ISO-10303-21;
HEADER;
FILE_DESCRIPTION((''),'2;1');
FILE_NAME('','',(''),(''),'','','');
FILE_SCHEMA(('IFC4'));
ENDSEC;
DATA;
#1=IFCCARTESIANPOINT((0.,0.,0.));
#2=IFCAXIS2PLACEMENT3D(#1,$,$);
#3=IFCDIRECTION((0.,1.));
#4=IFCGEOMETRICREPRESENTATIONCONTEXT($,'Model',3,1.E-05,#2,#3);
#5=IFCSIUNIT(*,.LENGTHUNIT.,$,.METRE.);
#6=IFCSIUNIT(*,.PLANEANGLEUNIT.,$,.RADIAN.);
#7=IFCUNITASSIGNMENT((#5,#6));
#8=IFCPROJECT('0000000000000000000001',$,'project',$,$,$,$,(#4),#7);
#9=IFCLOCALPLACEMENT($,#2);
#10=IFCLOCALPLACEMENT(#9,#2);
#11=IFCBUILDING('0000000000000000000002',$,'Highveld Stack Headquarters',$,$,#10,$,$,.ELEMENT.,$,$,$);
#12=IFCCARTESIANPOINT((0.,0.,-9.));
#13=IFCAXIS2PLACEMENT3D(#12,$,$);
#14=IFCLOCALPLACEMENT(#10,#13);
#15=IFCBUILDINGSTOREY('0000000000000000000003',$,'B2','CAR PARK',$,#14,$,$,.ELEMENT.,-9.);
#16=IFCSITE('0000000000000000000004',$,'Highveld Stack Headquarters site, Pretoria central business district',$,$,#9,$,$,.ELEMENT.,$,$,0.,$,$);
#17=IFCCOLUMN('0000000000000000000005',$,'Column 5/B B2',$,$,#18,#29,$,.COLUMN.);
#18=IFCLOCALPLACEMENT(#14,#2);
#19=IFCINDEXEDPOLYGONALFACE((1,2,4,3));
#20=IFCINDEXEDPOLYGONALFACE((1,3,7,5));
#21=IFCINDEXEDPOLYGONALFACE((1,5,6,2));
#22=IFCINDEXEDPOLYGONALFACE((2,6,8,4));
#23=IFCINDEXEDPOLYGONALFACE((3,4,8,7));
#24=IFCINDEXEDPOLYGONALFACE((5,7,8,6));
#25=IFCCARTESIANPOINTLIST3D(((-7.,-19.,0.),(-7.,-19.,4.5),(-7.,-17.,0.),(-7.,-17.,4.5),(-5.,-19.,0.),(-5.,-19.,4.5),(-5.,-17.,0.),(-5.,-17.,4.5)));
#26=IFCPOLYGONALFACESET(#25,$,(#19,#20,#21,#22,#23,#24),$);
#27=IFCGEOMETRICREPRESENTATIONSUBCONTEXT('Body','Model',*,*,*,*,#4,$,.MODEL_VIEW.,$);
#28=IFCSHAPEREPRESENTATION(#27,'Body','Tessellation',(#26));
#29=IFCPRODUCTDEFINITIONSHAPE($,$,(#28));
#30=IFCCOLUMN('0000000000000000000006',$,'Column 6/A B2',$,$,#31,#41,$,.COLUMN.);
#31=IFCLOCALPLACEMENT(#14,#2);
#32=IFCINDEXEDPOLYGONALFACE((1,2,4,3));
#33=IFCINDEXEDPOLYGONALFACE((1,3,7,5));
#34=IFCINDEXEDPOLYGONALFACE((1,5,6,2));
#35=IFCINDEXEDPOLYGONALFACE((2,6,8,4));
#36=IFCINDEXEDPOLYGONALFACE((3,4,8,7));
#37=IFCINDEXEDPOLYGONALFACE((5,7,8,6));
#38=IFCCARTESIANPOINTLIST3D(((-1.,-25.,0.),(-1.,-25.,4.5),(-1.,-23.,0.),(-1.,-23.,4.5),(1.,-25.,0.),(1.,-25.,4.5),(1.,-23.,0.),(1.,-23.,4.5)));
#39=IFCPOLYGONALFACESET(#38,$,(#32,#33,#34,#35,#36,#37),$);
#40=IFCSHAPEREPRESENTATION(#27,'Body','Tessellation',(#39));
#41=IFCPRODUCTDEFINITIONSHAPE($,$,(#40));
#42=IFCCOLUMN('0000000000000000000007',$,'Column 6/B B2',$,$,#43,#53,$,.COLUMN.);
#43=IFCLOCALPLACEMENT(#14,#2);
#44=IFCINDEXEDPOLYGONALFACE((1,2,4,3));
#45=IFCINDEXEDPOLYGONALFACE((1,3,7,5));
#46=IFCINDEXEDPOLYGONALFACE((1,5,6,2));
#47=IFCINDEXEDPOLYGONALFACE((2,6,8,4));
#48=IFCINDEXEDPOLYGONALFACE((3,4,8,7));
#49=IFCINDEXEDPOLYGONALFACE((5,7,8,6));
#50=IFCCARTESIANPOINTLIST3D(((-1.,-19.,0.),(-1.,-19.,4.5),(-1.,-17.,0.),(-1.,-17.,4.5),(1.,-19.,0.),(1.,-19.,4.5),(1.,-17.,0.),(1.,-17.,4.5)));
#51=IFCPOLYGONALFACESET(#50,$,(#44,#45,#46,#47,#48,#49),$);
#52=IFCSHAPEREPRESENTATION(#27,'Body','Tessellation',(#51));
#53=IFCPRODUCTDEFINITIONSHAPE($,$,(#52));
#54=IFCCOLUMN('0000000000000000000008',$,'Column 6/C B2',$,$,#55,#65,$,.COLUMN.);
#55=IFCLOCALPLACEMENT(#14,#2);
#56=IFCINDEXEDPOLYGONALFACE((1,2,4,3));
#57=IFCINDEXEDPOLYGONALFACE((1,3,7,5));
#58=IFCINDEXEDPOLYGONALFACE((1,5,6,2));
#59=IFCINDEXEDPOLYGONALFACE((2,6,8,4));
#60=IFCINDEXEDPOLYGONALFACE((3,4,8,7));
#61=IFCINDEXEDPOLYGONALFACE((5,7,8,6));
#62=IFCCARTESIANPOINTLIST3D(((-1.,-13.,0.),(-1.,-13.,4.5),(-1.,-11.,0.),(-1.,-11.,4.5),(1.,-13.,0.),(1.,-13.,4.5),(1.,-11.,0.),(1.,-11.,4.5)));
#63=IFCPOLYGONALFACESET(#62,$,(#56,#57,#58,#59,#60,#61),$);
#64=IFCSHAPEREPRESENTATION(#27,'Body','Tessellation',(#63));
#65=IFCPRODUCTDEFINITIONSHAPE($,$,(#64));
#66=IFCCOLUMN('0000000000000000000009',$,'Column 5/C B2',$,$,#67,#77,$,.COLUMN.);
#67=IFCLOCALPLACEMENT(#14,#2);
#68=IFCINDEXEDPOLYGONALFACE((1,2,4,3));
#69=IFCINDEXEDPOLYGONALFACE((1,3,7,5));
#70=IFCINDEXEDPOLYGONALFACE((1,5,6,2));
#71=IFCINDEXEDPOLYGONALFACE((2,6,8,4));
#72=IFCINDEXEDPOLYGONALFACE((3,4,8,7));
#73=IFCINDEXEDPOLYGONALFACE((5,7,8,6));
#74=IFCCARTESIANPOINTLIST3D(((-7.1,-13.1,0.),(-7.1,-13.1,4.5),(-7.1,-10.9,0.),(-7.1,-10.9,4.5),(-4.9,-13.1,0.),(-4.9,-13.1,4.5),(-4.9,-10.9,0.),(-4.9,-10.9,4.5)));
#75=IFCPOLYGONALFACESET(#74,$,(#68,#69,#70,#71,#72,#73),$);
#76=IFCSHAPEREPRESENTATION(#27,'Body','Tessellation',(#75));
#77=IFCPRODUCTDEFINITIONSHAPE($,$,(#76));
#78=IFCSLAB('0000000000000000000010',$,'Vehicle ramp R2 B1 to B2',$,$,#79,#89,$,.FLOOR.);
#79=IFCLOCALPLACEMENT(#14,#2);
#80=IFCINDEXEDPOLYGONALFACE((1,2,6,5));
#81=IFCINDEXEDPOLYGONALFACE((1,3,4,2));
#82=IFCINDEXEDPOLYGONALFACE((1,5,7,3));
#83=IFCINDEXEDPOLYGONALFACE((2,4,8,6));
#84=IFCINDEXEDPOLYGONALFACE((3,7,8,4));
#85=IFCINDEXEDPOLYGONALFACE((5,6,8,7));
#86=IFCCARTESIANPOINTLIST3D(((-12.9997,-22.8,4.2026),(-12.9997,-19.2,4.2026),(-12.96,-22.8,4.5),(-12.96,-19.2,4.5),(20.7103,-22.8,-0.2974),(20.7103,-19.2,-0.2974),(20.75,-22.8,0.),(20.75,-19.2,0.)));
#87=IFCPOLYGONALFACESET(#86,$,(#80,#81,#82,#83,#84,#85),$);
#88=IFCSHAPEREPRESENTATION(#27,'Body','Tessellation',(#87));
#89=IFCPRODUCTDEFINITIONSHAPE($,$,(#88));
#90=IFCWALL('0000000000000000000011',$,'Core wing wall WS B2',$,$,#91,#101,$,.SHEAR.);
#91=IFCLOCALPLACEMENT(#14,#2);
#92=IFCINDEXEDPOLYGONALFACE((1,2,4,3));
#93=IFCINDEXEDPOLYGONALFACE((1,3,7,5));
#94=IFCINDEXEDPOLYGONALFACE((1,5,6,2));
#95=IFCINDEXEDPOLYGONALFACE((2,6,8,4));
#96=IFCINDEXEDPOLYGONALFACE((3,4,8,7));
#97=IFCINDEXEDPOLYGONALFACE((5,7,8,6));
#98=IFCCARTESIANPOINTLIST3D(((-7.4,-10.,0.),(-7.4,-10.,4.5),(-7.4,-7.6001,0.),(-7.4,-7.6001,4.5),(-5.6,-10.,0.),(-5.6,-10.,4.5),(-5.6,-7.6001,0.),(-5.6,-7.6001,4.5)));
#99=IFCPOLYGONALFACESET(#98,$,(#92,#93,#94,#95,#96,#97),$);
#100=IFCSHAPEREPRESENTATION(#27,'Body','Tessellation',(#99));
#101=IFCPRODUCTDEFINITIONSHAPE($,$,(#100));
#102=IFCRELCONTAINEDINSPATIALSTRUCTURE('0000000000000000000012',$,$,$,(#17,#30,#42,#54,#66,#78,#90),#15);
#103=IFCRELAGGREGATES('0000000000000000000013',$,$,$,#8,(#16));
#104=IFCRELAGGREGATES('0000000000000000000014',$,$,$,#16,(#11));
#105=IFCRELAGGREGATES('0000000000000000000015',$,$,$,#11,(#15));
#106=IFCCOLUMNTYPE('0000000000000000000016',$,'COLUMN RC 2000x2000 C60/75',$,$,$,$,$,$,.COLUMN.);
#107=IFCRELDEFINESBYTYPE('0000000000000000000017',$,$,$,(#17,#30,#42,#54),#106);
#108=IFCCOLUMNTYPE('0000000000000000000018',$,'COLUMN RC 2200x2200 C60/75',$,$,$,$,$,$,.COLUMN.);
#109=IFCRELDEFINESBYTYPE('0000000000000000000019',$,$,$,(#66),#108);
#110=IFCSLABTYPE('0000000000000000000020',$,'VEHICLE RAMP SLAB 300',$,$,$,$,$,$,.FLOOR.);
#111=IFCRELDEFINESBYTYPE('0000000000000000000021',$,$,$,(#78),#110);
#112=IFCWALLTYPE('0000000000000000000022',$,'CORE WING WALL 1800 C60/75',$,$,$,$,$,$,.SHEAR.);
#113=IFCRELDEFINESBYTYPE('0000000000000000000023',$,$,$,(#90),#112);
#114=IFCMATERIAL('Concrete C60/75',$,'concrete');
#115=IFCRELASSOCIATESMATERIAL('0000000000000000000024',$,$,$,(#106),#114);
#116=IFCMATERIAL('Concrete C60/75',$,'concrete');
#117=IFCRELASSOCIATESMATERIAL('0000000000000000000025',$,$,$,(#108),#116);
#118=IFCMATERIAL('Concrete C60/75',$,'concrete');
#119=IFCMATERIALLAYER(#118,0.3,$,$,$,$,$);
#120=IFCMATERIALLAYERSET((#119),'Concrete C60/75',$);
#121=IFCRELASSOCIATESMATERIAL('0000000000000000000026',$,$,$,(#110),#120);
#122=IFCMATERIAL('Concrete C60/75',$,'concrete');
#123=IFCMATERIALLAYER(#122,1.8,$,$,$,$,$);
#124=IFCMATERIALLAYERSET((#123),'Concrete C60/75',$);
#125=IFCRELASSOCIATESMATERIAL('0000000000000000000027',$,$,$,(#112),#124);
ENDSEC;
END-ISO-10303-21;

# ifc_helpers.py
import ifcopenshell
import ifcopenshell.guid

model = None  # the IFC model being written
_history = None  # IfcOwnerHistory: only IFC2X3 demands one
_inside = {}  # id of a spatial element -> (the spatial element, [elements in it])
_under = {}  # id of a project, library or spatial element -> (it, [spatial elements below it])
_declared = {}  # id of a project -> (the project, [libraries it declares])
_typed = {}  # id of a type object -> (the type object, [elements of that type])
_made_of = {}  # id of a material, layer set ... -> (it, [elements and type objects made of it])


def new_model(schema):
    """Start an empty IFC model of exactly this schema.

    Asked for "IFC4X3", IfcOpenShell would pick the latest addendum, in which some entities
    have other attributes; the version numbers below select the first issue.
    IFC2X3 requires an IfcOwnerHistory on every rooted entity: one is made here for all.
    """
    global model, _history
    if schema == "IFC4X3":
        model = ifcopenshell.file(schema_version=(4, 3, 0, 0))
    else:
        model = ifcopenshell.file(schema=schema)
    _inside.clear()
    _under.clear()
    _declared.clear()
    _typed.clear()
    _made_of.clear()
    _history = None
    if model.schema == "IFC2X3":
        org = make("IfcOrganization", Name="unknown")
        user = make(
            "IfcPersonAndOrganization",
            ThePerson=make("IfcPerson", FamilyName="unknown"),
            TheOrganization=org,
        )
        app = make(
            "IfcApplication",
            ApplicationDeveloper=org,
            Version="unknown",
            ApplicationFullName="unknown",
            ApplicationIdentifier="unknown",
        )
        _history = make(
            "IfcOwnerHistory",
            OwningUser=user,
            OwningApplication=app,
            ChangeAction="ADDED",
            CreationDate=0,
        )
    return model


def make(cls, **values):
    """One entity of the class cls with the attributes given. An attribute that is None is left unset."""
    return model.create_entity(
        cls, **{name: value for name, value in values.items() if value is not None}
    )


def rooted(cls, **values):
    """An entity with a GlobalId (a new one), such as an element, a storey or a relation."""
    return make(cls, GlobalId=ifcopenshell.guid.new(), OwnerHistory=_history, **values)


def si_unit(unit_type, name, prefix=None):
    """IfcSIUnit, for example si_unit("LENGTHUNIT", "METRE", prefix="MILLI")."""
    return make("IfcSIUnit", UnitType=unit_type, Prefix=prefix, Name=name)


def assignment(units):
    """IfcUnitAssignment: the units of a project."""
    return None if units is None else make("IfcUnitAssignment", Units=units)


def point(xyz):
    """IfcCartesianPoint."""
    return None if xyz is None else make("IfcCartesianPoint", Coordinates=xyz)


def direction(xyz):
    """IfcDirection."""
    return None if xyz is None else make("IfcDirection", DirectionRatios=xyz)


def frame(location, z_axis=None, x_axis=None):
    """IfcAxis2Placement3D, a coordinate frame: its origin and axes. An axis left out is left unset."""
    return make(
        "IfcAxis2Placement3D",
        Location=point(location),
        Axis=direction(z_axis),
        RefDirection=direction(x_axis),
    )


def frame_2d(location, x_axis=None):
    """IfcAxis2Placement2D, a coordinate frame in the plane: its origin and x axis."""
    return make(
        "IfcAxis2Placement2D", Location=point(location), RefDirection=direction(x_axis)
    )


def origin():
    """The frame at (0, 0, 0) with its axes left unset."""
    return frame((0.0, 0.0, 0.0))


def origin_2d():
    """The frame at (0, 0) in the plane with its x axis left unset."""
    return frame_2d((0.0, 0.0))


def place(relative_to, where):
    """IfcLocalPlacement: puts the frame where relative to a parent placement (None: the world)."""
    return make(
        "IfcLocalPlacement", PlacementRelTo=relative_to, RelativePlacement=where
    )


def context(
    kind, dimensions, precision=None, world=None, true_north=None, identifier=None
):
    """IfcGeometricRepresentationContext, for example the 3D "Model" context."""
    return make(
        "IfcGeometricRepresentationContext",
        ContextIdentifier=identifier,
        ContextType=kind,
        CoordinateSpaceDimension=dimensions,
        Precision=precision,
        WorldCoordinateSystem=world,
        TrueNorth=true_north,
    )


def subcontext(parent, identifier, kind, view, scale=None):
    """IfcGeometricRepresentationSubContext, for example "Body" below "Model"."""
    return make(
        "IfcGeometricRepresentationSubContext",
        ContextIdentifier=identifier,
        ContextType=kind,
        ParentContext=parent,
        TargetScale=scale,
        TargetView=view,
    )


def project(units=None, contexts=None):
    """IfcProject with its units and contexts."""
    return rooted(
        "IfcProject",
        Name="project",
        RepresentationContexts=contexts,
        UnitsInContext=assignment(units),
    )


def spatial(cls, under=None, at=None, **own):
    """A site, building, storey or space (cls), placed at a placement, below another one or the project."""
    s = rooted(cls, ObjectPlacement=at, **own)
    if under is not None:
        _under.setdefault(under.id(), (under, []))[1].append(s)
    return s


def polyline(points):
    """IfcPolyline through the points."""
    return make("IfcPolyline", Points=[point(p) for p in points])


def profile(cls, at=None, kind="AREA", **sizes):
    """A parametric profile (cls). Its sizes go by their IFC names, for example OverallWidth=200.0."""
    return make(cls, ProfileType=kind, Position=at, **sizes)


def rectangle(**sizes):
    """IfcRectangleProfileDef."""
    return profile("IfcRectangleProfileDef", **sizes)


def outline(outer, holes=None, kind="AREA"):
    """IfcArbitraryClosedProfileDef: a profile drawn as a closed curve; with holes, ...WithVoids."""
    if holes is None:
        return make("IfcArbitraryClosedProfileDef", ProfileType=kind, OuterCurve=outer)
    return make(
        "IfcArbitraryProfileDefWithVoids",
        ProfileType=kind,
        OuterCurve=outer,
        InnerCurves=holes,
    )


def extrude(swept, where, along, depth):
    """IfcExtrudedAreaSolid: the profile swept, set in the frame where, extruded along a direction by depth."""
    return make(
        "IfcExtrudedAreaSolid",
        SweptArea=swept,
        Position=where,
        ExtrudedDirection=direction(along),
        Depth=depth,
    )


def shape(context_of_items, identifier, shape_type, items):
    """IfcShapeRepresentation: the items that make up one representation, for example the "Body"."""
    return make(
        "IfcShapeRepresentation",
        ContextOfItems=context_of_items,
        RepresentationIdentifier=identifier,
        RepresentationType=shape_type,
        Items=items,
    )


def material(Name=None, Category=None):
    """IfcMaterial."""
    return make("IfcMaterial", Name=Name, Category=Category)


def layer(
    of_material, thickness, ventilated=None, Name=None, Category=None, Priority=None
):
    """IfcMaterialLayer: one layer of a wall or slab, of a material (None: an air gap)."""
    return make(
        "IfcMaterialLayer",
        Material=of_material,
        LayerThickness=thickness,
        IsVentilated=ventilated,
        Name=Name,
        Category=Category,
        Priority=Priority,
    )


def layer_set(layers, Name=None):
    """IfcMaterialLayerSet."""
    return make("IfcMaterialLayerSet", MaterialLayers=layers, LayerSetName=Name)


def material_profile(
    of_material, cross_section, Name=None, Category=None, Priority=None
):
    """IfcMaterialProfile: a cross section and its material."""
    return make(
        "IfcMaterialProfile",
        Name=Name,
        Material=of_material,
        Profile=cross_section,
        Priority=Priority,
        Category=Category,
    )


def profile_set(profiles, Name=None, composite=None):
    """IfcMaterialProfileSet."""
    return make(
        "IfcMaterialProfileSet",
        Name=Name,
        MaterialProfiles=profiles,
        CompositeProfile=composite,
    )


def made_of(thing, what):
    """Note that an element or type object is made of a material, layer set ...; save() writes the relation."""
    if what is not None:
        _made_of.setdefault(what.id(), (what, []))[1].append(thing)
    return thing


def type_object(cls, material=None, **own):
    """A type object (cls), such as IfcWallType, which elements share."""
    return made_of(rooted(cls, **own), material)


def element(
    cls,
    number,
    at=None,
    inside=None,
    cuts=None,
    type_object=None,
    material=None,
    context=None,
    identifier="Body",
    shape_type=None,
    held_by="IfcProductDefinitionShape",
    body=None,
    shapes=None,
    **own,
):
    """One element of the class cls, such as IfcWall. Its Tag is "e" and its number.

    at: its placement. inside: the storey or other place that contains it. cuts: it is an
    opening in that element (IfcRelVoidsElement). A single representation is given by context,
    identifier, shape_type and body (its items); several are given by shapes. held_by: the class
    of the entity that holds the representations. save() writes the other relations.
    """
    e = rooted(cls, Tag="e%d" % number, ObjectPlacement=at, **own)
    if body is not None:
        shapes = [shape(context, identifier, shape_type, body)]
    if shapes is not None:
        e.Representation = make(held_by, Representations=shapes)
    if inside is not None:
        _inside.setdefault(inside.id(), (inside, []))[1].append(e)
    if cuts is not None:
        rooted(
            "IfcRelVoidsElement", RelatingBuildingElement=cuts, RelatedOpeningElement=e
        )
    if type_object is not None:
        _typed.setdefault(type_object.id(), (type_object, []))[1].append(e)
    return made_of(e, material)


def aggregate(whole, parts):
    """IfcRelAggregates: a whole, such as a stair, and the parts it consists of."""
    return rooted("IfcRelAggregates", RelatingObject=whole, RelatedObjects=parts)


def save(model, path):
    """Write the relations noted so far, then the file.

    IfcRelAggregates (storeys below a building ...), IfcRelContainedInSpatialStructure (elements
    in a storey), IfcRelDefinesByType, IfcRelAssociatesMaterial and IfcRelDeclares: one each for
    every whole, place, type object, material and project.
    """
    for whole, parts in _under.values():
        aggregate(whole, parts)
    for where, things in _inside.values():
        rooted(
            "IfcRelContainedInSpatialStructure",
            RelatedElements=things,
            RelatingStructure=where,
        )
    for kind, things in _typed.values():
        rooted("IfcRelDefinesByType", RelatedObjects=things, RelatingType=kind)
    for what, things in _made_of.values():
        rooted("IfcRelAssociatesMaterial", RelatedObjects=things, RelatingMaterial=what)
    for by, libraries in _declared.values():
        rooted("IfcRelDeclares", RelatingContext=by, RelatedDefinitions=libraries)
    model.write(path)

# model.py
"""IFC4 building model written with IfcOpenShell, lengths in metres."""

from ifc_helpers import new_model, si_unit, direction, frame, frame_2d, origin, origin_2d, place, context, subcontext, project, spatial, polyline, rectangle, outline, extrude, material, layer, layer_set, material_profile, profile_set, type_object, element, save


model = new_model("IFC4")

# Units and contexts
model_context = context("Model", 3, precision=1e-05, world=origin(), true_north=direction((0.0, 1.0)))
body_context = subcontext(model_context, "Body", "Model", "MODEL_VIEW")
ifc_project = project(units=[si_unit("LENGTHUNIT", "METRE"), si_unit("PLANEANGLEUNIT", "RADIAN")], contexts=[model_context])

# Site, building, storey
site_placement = place(None, origin())
site = spatial("IfcSite", under=ifc_project, at=site_placement, Name="Highveld Stack Headquarters site, Pretoria central business district", CompositionType="ELEMENT", RefElevation=0.0)
building_placement = place(site_placement, origin())
building = spatial("IfcBuilding", under=site, at=building_placement, Name="Highveld Stack Headquarters", CompositionType="ELEMENT")
storey_placement = place(building_placement, frame((0.0, 0.0, -9.0)))
storey = spatial("IfcBuildingStorey", under=building, at=storey_placement, Name="B2", Description="CAR PARK", CompositionType="ELEMENT", Elevation=-9.0)

# Columns
ifc_material_1 = material(Name="Concrete C60/75", Category="concrete")
ifc_material_profile_1 = material_profile(ifc_material_1, rectangle(XDim=2.0, YDim=2.0, at=origin_2d()), Name="RC 2000x2000")
ifc_profile_set_1 = profile_set([ifc_material_profile_1], Name="Concrete C60/75")
column_type_1 = type_object("IfcColumnType", Name="COLUMN RC 2000x2000 C60/75", PredefinedType="COLUMN", material=ifc_profile_set_1)
for number, where, z_axis, x_axis, name in (
    (1, (-6.0, -18.0, 0.0), (0.0, 0.0, 1.0), (1.0, 0.0, 0.0), "Column 5/B B2"),
    (2, (0.0, -24.0, 0.0), (0.0, 0.0, 1.0), (1.0, 0.0, 0.0), "Column 6/A B2"),
    (3, (0.0, -18.0, 0.0), (0.0, 0.0, 1.0), (1.0, 0.0, 0.0), "Column 6/B B2"),
    (4, (0.0, -12.0, 0.0), (0.0, 0.0, 1.0), (1.0, 0.0, 0.0), "Column 6/C B2"),
):
    element("IfcColumn", number, at=place(storey_placement, frame(where, z_axis=z_axis, x_axis=x_axis)), inside=storey, type_object=column_type_1, Name=name, PredefinedType="COLUMN", context=body_context, shape_type="SweptSolid", body=[
        extrude(rectangle(XDim=2.0, YDim=2.0, at=origin_2d()), origin(), (0.0, 0.0, 1.0), 4.5),
    ])
ifc_material_2 = material(Name="Concrete C60/75", Category="concrete")
ifc_material_profile_2 = material_profile(ifc_material_2, rectangle(XDim=2.2, YDim=2.2, at=origin_2d()), Name="RC 2200x2200")
ifc_profile_set_2 = profile_set([ifc_material_profile_2], Name="Concrete C60/75")
column_type_2 = type_object("IfcColumnType", Name="COLUMN RC 2200x2200 C60/75", PredefinedType="COLUMN", material=ifc_profile_set_2)
column_placement = place(storey_placement, frame((-6.0, -12.0, 0.0), z_axis=(0.0, 0.0, 1.0), x_axis=(1.0, 0.0, 0.0)))
element("IfcColumn", 5, at=column_placement, inside=storey, type_object=column_type_2, Name="Column 5/C B2", PredefinedType="COLUMN", context=body_context, shape_type="SweptSolid", body=[
    extrude(rectangle(XDim=2.2, YDim=2.2, at=origin_2d()), origin(), (0.0, 0.0, 1.0), 4.5),
])

# Slab
ifc_material_3 = material(Name="Concrete C60/75", Category="concrete")
ifc_layer_1 = layer(ifc_material_3, 0.3)
ifc_layer_set_1 = layer_set([ifc_layer_1], Name="Concrete C60/75")
slab_type = type_object("IfcSlabType", Name="VEHICLE RAMP SLAB 300", PredefinedType="FLOOR", material=ifc_layer_set_1)
slab_placement = place(storey_placement, frame((-12.96, -22.8, 4.5), z_axis=(0.132318, 0.0, 0.991207), x_axis=(0.991207, 0.0, -0.132318)))
element("IfcSlab", 6, at=slab_placement, inside=storey, type_object=slab_type, Name="Vehicle ramp R2 B1 to B2", PredefinedType="FLOOR", context=body_context, shape_type="SweptSolid", body=[
    extrude(outline(polyline([(0.0, 0.0), (34.009, 0.0), (34.009, 3.6001), (0.0, 3.6001), (0.0, 0.0)])), origin(), (0.0, 0.0, -1.0), 0.3),
])

# Wall
ifc_material_4 = material(Name="Concrete C60/75", Category="concrete")
ifc_layer_2 = layer(ifc_material_4, 1.8)
ifc_layer_set_2 = layer_set([ifc_layer_2], Name="Concrete C60/75")
wall_type_1 = type_object("IfcWallType", Name="CORE WING WALL 1800 C60/75", PredefinedType="SHEAR", material=ifc_layer_set_2)
wall_1_placement = place(storey_placement, frame((-6.5, -10.0, 0.0), z_axis=(0.0, 0.0, 1.0), x_axis=(0.0, 1.0, 0.0)))
element("IfcWall", 7, at=wall_1_placement, inside=storey, type_object=wall_type_1, Name="Core wing wall WS B2", PredefinedType="SHEAR", context=body_context, shape_type="SweptSolid", body=[
    extrude(rectangle(XDim=2.3999, YDim=1.8, at=frame_2d((1.2, 0.0))), origin(), (0.0, 0.0, 1.0), 4.5),
])

save(model, "model.ifc")
